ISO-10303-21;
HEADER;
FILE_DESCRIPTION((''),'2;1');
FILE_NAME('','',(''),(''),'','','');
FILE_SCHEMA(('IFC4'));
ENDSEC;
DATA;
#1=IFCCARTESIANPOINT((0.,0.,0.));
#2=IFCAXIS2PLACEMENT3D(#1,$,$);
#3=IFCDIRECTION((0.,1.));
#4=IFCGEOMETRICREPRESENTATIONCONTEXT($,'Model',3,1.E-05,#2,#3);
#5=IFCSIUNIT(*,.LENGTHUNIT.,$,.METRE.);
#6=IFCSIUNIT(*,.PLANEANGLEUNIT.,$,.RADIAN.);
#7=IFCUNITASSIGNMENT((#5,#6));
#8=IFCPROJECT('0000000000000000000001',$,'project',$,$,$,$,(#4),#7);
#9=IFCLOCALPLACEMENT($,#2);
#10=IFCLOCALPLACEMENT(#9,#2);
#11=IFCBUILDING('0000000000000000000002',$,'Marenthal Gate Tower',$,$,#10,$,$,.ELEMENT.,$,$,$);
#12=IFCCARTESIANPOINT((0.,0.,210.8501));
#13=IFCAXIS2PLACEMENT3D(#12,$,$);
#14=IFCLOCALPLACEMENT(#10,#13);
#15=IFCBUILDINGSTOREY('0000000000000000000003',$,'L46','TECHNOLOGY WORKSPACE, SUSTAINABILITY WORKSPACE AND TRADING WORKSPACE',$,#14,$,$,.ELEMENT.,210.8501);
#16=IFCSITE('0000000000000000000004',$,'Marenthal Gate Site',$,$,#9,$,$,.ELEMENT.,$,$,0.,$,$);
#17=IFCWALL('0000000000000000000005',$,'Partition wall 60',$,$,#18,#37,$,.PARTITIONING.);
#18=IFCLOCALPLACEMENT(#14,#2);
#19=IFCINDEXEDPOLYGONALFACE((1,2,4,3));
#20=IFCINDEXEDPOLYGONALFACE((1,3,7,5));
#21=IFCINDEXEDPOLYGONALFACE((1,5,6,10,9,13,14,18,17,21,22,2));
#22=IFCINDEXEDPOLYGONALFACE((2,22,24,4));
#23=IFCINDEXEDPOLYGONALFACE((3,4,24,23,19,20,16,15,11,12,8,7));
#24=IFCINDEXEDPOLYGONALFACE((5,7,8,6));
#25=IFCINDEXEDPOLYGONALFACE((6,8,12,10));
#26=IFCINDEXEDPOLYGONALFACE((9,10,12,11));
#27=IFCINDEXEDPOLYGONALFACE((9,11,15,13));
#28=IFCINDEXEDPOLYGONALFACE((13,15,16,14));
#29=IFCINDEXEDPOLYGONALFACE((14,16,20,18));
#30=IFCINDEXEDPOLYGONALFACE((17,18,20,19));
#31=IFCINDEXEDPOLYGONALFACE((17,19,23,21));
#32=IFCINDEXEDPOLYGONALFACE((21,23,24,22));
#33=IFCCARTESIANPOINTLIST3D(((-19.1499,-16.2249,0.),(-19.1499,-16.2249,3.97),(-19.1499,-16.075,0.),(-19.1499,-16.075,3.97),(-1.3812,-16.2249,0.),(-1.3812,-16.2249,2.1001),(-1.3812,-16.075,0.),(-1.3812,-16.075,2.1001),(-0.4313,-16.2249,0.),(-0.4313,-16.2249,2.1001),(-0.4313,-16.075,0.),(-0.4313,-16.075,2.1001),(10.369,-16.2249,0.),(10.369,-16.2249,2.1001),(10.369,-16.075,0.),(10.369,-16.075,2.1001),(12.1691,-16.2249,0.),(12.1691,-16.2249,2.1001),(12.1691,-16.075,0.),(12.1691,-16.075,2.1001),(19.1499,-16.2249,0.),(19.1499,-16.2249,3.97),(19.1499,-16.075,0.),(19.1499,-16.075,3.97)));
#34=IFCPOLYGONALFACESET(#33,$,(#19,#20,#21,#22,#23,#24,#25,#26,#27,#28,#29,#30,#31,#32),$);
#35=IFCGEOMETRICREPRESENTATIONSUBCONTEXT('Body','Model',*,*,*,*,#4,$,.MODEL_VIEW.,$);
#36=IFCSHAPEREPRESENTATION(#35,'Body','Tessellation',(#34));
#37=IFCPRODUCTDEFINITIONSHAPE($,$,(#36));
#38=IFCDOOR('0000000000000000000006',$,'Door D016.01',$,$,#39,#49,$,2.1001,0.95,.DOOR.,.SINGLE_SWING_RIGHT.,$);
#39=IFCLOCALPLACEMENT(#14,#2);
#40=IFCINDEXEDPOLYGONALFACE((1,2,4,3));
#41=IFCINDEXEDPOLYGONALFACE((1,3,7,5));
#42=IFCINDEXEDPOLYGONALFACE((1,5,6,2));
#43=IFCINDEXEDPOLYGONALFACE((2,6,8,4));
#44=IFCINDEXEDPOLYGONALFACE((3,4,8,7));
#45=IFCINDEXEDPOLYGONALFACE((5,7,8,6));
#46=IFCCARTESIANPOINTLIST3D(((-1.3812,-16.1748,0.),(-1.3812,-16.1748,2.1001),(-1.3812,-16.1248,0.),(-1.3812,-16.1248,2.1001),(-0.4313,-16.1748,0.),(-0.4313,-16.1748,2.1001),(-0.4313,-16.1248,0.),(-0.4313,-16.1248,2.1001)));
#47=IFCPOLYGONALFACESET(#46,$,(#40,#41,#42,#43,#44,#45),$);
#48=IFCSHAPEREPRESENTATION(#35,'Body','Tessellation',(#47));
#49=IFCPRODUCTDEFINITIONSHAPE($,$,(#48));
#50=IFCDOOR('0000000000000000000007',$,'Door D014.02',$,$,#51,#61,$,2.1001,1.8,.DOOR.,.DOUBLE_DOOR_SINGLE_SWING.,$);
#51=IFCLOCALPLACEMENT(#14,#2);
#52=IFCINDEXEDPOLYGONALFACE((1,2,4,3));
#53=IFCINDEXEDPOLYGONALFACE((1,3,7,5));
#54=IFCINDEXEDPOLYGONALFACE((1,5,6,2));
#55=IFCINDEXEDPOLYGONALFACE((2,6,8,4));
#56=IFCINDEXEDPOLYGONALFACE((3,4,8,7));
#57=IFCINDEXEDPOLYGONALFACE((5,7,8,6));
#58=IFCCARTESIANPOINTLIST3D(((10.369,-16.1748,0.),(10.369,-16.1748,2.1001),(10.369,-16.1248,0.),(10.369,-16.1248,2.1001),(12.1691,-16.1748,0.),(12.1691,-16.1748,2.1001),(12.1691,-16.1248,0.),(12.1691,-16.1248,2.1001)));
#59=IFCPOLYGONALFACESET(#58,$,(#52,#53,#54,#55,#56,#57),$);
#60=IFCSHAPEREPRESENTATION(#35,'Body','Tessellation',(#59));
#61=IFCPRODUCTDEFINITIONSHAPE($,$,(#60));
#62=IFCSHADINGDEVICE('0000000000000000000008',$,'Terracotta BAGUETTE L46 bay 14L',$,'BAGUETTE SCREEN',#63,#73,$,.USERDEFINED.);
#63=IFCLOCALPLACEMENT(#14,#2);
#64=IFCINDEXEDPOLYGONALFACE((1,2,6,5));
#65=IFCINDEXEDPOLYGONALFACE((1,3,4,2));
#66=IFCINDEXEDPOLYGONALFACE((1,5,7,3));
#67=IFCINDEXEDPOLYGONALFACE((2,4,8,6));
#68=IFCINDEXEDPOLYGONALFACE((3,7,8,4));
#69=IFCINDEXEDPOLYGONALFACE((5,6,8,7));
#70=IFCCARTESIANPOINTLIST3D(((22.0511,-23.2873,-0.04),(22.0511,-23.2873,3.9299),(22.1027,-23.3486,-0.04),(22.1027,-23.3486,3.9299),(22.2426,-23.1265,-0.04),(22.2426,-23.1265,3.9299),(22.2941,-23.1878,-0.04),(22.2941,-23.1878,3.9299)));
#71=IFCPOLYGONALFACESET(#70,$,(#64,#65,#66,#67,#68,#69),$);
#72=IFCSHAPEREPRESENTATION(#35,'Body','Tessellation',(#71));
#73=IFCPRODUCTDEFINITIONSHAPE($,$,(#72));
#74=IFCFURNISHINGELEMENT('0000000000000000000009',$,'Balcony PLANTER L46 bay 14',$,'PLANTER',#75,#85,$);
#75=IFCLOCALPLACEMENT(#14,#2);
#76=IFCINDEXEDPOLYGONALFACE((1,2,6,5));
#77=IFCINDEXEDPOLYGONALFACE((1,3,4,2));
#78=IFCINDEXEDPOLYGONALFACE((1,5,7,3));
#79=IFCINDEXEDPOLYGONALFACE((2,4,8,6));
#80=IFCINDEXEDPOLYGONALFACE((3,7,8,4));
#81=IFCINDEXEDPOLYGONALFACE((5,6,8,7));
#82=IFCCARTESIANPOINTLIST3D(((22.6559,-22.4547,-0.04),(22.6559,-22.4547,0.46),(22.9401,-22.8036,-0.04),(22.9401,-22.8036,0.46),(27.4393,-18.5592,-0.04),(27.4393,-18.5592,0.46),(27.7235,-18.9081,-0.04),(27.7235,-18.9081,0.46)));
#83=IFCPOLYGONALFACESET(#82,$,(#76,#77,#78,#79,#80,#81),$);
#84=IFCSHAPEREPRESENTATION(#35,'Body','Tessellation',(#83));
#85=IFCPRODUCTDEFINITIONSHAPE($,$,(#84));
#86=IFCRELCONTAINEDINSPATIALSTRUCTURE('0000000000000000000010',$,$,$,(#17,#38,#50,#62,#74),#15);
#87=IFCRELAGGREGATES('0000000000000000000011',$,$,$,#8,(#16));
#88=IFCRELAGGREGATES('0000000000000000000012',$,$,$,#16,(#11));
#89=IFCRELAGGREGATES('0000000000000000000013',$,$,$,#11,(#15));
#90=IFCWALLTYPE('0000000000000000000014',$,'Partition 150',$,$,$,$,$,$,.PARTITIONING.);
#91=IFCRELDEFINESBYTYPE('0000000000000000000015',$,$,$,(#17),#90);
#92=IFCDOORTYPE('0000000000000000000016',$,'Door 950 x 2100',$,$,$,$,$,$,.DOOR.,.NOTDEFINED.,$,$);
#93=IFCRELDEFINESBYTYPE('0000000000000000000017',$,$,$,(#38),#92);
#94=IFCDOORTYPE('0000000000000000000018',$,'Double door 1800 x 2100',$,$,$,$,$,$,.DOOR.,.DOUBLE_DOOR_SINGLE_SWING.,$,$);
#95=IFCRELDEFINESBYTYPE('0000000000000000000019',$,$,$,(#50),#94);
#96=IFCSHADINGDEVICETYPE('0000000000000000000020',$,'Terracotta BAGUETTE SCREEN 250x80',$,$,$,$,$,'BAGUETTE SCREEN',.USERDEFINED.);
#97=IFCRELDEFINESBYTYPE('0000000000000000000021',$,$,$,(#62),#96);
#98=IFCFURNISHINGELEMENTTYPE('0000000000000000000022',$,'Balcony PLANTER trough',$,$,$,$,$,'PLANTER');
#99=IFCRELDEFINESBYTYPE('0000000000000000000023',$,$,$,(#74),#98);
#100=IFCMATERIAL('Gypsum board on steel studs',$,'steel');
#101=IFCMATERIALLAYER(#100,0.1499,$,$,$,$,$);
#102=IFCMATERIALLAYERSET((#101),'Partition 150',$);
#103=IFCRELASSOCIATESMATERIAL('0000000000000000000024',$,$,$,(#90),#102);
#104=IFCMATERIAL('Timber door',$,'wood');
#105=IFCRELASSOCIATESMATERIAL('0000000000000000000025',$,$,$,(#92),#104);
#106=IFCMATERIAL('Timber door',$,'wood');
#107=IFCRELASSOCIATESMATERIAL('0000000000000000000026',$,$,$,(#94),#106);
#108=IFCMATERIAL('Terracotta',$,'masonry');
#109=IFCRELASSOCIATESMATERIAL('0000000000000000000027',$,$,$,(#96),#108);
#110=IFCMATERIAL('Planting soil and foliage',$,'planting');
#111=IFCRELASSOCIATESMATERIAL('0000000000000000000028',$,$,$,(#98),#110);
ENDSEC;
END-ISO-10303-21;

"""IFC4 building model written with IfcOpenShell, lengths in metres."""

from ifc_helpers import new_model, si_unit, direction, frame, frame_2d, origin, origin_2d, place, context, subcontext, project, spatial, rectangle, extrude, material, layer, layer_set, material_profile, profile_set, type_object, element, fill, save


model = new_model("IFC4")

# Units and contexts
model_context = context("Model", 3, precision=1e-05, world=origin(), true_north=direction((0.0, 1.0)))
body_context = subcontext(model_context, "Body", "Model", "MODEL_VIEW")
ifc_project = project(units=[si_unit("LENGTHUNIT", "METRE"), si_unit("PLANEANGLEUNIT", "RADIAN")], contexts=[model_context])

# Site, building, storey
site_placement = place(None, origin())
site = spatial("IfcSite", under=ifc_project, at=site_placement, Name="Marenthal Gate Site", CompositionType="ELEMENT", RefElevation=0.0)
building_placement = place(site_placement, origin())
building = spatial("IfcBuilding", under=site, at=building_placement, Name="Marenthal Gate Tower", CompositionType="ELEMENT")
storey_placement = place(building_placement, frame((0.0, 0.0, 210.8501)))
storey = spatial("IfcBuildingStorey", under=building, at=storey_placement, Name="L46", Description="TECHNOLOGY WORKSPACE, SUSTAINABILITY WORKSPACE AND TRADING WORKSPACE", CompositionType="ELEMENT", Elevation=210.8501)

# Wall, openings, doors
ifc_material_1 = material(Name="Gypsum board on steel studs", Category="steel")
ifc_layer_1 = layer(ifc_material_1, 0.1499)
ifc_layer_set_1 = layer_set([ifc_layer_1], Name="Partition 150")
wall_type_1 = type_object("IfcWallType", Name="Partition 150", PredefinedType="PARTITIONING", material=ifc_layer_set_1)
wall_1_placement = place(storey_placement, frame((19.1499, -16.1499, 0.0), z_axis=(0.0, 0.0, 1.0), x_axis=(-1.0, 0.0, 0.0)))
wall_1 = element("IfcWall", 1, at=wall_1_placement, inside=storey, type_object=wall_type_1, Name="Partition wall 60", PredefinedType="PARTITIONING", context=body_context, shape_type="SweptSolid", body=[
    extrude(rectangle(XDim=38.2998, YDim=0.1499, at=frame_2d((19.1499, 0.0))), origin(), (0.0, 0.0, 1.0), 3.97),
])
opening_1_placement = place(wall_1_placement, frame((19.5811, 0.0, 0.0)))
opening_1 = element("IfcOpeningElement", 2, at=opening_1_placement, cuts=wall_1, PredefinedType="OPENING", context=body_context, shape_type="SweptSolid", body=[
    extrude(rectangle(XDim=0.95, YDim=2.1001, at=frame_2d((0.4751, 1.05))), frame((0.0, 0.085, 0.0), z_axis=(0.0, -1.0, 0.0), x_axis=(1.0, 0.0, 0.0)), (0.0, 0.0, 1.0), 0.1699),
])
opening_2_placement = place(wall_1_placement, frame((6.981, 0.0, 0.0)))
opening_2 = element("IfcOpeningElement", 3, at=opening_2_placement, cuts=wall_1, PredefinedType="OPENING", context=body_context, shape_type="SweptSolid", body=[
    extrude(rectangle(XDim=1.8, YDim=2.1001, at=frame_2d((0.8999, 1.05))), frame((0.0, 0.085, 0.0), z_axis=(0.0, -1.0, 0.0), x_axis=(1.0, 0.0, 0.0)), (0.0, 0.0, 1.0), 0.1699),
])
ifc_material_2 = material(Name="Timber door", Category="wood")
door_type_1 = type_object("IfcDoorType", Name="Door 950 x 2100", OperationType="NOTDEFINED", PredefinedType="DOOR", material=ifc_material_2)
door_1_placement = place(opening_1_placement, origin())
door_1 = element("IfcDoor", 4, at=door_1_placement, inside=storey, type_object=door_type_1, Name="Door D016.01", OperationType="SINGLE_SWING_RIGHT", OverallHeight=2.1001, OverallWidth=0.95, PredefinedType="DOOR", context=body_context, shape_type="SweptSolid", body=[
    extrude(rectangle(XDim=0.95, YDim=2.1001, at=frame_2d((0.4751, 1.05))), frame((0.0, 0.0249, 0.0), z_axis=(0.0, -1.0, 0.0), x_axis=(1.0, 0.0, 0.0)), (0.0, 0.0, 1.0), 0.05),
])
fill(opening_1, door_1)
ifc_material_3 = material(Name="Timber door", Category="wood")
door_type_2 = type_object("IfcDoorType", Name="Double door 1800 x 2100", OperationType="DOUBLE_DOOR_SINGLE_SWING", PredefinedType="DOOR", material=ifc_material_3)
door_2_placement = place(opening_2_placement, origin())
door_2 = element("IfcDoor", 5, at=door_2_placement, inside=storey, type_object=door_type_2, Name="Door D014.02", OperationType="DOUBLE_DOOR_SINGLE_SWING", OverallHeight=2.1001, OverallWidth=1.8, PredefinedType="DOOR", context=body_context, shape_type="SweptSolid", body=[
    extrude(rectangle(XDim=1.8, YDim=2.1001, at=frame_2d((0.8999, 1.05))), frame((0.0, 0.0249, 0.0), z_axis=(0.0, -1.0, 0.0), x_axis=(1.0, 0.0, 0.0)), (0.0, 0.0, 1.0), 0.05),
])
fill(opening_2, door_2)

# Shading device
ifc_material_4 = material(Name="Terracotta", Category="masonry")
ifc_material_profile_1 = material_profile(ifc_material_4, rectangle(XDim=0.25, YDim=0.0801, at=origin_2d()), Name="Terracotta baguette 250x80")
ifc_profile_set_1 = profile_set([ifc_material_profile_1], Name="Terracotta")
shading_device_type = type_object("IfcShadingDeviceType", Name="Terracotta BAGUETTE SCREEN 250x80", ElementType="BAGUETTE SCREEN", PredefinedType="USERDEFINED", material=ifc_profile_set_1)
shading_device_placement = place(storey_placement, frame((22.1726, -23.2375, -0.04), z_axis=(0.0, 0.0, 1.0), x_axis=(0.765628, 0.643284, 0.0)))
element("IfcShadingDevice", 6, at=shading_device_placement, inside=storey, type_object=shading_device_type, Name="Terracotta BAGUETTE L46 bay 14L", ObjectType="BAGUETTE SCREEN", PredefinedType="USERDEFINED", context=body_context, shape_type="SweptSolid", body=[
    extrude(rectangle(XDim=0.25, YDim=0.0801, at=origin_2d()), origin(), (0.0, 0.0, 1.0), 3.97),
])

# Furnishing element
ifc_material_5 = material(Name="Planting soil and foliage", Category="planting")
furnishing_element_type = type_object("IfcFurnishingElementType", Name="Balcony PLANTER trough", ElementType="PLANTER", material=ifc_material_5)
furnishing_placement = place(storey_placement, frame((25.1897, -20.6814, -0.04), z_axis=(0.0, 0.0, 1.0), x_axis=(0.775396, 0.631476, 0.0)))
element("IfcFurnishingElement", 7, at=furnishing_placement, inside=storey, type_object=furnishing_element_type, Name="Balcony PLANTER L46 bay 14", ObjectType="PLANTER", context=body_context, shape_type="SweptSolid", body=[
    extrude(rectangle(XDim=6.1689, YDim=0.45, at=origin_2d()), origin(), (0.0, 0.0, 1.0), 0.5),
])

save(model, "model.ifc")
